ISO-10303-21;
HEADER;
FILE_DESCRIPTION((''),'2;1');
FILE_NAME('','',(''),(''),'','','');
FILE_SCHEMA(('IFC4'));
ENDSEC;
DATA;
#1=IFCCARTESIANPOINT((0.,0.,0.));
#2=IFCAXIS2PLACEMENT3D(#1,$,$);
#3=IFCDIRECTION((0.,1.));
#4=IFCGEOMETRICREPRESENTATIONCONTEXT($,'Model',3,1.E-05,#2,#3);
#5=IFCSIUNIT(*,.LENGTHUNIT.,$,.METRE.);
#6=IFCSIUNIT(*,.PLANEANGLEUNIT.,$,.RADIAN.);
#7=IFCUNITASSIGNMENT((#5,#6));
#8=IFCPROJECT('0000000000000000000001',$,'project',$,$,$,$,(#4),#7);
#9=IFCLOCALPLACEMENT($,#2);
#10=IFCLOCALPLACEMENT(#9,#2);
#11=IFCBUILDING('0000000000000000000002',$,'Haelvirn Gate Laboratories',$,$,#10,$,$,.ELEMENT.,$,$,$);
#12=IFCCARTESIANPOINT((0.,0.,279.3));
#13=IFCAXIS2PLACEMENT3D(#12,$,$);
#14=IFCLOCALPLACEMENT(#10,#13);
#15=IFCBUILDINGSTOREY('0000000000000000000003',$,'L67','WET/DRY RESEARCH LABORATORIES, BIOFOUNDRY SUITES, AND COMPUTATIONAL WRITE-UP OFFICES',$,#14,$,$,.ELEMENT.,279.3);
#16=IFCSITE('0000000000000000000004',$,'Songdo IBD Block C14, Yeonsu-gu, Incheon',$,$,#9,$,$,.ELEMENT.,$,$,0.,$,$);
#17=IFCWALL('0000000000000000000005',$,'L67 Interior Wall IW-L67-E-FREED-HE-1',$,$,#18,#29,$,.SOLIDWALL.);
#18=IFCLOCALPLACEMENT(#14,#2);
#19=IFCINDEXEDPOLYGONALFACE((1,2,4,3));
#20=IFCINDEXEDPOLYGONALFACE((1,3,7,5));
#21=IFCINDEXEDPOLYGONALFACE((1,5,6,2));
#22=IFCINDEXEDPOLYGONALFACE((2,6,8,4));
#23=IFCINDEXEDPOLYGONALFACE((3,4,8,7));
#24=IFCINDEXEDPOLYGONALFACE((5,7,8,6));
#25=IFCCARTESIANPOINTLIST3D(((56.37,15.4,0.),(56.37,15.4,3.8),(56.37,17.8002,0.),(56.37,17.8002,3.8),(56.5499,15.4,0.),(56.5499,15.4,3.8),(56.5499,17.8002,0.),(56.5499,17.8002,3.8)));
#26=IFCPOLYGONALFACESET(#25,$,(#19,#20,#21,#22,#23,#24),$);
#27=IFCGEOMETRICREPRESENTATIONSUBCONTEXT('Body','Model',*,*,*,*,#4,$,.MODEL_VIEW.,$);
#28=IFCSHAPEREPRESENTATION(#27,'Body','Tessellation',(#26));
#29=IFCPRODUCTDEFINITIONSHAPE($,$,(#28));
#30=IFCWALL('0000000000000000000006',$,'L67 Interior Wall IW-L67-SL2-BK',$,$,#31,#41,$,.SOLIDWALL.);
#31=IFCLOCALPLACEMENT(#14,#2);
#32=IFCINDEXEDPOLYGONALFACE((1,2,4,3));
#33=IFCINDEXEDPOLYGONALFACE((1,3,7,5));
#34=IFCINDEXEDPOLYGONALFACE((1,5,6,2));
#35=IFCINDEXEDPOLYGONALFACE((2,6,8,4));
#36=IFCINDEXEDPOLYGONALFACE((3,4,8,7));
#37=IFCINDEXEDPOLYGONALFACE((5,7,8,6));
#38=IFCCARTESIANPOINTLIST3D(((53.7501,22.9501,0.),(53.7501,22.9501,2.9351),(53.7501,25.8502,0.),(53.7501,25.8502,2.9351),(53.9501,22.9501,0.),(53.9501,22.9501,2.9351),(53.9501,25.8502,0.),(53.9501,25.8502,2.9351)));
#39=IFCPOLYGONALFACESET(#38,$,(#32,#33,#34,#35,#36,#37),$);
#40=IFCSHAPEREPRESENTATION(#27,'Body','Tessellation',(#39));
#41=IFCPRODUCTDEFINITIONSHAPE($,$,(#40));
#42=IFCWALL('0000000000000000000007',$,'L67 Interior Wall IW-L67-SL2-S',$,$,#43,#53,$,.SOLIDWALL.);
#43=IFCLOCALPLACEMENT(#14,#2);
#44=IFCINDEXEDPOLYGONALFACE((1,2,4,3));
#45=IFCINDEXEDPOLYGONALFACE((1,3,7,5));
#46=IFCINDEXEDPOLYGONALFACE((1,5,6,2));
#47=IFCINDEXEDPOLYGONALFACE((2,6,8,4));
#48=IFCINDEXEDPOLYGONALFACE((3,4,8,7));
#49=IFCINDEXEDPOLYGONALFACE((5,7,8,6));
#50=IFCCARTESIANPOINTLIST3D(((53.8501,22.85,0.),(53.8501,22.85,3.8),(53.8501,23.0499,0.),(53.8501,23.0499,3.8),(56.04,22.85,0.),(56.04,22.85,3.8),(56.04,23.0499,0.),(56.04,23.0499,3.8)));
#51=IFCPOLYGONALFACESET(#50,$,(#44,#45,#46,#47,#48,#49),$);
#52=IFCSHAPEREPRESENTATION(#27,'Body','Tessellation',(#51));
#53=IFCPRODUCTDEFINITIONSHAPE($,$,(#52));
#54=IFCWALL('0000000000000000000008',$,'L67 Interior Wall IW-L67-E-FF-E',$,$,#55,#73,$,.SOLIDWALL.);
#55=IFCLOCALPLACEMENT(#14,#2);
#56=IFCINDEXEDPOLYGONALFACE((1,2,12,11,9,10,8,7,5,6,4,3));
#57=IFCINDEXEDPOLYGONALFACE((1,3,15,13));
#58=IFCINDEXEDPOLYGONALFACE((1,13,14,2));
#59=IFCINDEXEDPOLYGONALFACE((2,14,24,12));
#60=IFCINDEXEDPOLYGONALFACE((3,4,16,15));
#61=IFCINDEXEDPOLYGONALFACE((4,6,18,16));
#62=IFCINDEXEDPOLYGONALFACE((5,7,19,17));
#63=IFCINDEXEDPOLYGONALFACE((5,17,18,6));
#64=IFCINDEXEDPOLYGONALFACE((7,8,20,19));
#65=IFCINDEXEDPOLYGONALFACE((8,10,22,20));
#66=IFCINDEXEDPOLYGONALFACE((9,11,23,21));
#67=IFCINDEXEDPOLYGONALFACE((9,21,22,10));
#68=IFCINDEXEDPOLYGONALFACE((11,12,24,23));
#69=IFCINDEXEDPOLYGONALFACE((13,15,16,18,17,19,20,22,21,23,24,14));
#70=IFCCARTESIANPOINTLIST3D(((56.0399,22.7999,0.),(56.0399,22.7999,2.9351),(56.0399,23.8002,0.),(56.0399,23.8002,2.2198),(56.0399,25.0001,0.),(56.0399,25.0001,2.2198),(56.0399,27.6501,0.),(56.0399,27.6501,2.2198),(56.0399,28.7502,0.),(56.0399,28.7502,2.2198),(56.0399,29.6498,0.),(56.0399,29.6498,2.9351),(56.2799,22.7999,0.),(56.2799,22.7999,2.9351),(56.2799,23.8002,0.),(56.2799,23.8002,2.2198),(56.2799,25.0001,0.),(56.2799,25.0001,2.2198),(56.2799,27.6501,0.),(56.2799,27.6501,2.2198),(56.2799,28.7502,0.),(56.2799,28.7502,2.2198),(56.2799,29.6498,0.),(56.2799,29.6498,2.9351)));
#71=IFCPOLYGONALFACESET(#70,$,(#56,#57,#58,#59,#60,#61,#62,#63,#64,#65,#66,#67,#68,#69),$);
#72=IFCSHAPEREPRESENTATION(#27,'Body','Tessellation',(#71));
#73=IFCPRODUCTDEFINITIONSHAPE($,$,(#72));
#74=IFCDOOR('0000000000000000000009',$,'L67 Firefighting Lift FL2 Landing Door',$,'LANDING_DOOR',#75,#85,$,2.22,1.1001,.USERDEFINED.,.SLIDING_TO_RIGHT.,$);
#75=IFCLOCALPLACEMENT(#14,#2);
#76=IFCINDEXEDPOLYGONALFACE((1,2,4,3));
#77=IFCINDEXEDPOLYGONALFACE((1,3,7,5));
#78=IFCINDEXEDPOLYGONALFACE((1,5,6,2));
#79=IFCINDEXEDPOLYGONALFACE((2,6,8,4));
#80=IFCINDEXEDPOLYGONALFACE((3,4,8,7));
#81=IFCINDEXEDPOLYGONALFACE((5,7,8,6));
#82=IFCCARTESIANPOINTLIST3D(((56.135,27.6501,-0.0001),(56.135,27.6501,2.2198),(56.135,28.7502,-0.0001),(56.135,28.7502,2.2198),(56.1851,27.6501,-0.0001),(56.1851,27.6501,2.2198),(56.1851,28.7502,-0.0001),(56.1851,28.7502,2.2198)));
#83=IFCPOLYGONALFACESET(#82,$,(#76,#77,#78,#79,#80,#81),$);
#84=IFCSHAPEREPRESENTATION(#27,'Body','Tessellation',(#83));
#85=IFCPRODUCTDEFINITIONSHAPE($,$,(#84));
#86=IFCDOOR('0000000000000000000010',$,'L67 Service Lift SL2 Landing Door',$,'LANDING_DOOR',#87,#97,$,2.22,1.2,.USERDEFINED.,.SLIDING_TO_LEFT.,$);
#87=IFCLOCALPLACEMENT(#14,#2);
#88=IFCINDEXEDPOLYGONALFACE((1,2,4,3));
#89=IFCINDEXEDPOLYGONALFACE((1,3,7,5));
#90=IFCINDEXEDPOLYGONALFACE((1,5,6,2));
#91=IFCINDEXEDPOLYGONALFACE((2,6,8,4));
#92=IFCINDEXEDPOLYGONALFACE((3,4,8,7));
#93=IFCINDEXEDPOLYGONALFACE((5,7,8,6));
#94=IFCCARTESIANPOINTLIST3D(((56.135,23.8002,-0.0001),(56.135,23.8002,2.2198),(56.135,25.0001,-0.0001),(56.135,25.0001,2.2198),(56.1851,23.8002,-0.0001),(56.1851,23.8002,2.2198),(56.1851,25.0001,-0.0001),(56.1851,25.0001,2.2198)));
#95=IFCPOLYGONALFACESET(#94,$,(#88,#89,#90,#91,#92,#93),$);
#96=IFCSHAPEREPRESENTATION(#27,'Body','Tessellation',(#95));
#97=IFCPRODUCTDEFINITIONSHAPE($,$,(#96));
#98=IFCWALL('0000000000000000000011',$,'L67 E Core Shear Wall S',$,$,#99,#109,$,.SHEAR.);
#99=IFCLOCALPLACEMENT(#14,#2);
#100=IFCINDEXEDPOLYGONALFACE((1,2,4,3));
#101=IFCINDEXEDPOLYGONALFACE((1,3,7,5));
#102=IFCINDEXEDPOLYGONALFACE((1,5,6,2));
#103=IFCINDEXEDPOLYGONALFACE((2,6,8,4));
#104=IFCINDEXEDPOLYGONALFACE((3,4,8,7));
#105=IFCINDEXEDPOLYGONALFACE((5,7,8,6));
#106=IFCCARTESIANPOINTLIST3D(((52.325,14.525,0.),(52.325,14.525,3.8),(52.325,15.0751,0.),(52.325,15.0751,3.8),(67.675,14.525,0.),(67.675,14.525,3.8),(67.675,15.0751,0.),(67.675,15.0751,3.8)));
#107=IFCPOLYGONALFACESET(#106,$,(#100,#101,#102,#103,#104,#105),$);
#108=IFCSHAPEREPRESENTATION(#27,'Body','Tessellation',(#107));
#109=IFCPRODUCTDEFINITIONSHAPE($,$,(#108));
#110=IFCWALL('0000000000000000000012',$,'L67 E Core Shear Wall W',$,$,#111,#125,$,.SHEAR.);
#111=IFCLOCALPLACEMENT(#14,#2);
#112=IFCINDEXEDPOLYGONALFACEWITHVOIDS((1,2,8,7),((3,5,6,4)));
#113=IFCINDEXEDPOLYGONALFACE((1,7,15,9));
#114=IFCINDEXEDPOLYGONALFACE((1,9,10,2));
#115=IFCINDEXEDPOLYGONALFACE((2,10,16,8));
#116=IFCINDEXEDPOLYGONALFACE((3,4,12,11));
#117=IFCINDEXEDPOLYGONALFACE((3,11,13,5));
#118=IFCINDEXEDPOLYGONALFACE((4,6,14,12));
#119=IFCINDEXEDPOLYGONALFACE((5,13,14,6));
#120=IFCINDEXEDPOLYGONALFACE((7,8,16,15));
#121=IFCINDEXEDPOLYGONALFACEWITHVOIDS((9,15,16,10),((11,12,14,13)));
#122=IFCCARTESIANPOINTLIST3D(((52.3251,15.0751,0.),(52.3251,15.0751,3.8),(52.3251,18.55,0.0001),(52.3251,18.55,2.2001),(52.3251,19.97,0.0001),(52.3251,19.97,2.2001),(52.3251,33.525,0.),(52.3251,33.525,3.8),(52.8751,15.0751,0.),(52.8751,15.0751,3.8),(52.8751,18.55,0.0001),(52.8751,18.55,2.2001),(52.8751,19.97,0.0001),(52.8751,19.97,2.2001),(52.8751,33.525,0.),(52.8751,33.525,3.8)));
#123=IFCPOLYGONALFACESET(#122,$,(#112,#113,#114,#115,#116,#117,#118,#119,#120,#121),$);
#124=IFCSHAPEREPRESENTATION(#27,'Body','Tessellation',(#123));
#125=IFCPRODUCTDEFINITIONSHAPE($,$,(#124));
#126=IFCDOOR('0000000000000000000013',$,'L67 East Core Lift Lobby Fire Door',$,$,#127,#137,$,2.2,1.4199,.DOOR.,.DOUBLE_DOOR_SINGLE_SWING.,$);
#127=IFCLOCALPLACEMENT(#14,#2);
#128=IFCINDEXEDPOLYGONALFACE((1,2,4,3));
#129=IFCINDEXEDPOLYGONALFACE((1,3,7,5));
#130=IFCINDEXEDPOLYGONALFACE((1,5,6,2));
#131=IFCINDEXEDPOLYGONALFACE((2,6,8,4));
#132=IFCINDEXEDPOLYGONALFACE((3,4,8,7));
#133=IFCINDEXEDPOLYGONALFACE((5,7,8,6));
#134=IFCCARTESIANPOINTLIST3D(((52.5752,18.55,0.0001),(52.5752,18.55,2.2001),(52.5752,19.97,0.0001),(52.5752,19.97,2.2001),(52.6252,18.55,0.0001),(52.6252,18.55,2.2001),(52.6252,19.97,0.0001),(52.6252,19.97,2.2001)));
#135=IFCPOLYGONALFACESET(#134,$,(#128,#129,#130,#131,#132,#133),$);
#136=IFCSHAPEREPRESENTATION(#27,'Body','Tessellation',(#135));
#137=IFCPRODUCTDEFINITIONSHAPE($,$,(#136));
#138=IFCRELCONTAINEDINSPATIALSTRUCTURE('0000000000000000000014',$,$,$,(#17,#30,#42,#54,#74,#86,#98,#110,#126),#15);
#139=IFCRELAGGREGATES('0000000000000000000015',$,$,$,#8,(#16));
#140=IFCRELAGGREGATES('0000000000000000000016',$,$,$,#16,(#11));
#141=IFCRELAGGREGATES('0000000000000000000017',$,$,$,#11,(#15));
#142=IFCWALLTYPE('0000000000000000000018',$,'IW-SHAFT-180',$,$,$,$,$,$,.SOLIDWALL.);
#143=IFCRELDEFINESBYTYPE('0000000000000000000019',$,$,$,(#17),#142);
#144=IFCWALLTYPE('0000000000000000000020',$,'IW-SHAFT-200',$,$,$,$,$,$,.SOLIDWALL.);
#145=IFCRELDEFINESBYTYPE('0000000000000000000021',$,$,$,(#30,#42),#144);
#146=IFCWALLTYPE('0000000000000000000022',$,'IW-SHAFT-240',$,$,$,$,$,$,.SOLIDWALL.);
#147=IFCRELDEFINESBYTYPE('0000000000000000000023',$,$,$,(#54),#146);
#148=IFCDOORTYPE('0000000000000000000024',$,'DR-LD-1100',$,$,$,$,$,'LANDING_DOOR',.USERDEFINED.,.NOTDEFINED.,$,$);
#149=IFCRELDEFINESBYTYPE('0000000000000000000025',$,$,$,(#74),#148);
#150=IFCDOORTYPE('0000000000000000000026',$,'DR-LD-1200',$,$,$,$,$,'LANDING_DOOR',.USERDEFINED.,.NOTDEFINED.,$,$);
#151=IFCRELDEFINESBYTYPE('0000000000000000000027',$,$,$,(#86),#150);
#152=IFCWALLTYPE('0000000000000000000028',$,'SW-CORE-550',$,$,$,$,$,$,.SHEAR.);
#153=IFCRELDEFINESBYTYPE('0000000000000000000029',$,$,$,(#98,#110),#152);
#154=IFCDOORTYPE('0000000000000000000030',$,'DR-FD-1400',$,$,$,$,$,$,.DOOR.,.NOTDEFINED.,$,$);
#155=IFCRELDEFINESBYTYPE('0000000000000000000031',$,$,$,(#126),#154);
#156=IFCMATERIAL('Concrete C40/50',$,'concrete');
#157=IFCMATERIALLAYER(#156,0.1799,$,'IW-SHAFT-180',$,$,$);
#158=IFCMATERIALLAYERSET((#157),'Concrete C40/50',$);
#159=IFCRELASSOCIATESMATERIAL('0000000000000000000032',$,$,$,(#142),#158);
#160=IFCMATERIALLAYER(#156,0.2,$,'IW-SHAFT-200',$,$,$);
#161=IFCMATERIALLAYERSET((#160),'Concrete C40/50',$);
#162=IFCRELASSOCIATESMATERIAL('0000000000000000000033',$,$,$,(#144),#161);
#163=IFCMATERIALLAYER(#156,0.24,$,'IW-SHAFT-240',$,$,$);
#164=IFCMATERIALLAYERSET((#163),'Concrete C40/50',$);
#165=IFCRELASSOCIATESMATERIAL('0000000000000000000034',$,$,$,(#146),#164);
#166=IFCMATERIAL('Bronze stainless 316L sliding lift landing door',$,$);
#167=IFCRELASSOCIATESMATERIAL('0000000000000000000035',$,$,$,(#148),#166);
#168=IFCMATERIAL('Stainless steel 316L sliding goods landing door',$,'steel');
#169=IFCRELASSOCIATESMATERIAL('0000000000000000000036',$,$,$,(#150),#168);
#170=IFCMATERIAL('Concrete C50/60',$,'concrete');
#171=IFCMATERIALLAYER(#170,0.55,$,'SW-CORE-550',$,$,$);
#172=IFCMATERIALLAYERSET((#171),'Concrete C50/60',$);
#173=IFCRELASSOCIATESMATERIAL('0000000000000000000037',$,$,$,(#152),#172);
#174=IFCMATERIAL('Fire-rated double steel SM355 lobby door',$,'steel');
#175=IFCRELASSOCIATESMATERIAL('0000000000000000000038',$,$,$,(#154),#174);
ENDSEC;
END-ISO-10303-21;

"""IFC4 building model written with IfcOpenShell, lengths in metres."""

from ifc_helpers import new_model, si_unit, direction, frame, frame_2d, origin, place, context, subcontext, project, spatial, rectangle, extrude, source, transform, mapped, material, layer, layer_set, type_object, type_shapes, element, fill, save


model = new_model("IFC4")

# Units and contexts
model_context = context("Model", 3, precision=1e-05, world=origin(), true_north=direction((0.0, 1.0)))
body_context = subcontext(model_context, "Body", "Model", "MODEL_VIEW")
ifc_project = project(units=[si_unit("LENGTHUNIT", "METRE"), si_unit("PLANEANGLEUNIT", "RADIAN")], contexts=[model_context])

# Site, building, storey
site_placement = place(None, origin())
site = spatial("IfcSite", under=ifc_project, at=site_placement, Name="Songdo IBD Block C14, Yeonsu-gu, Incheon", CompositionType="ELEMENT", RefElevation=0.0)
building_placement = place(site_placement, origin())
building = spatial("IfcBuilding", under=site, at=building_placement, Name="Haelvirn Gate Laboratories", CompositionType="ELEMENT")
storey_placement = place(building_placement, frame((0.0, 0.0, 279.3)))
storey = spatial("IfcBuildingStorey", under=building, at=storey_placement, Name="L67", Description="WET/DRY RESEARCH LABORATORIES, BIOFOUNDRY SUITES, AND COMPUTATIONAL WRITE-UP OFFICES", CompositionType="ELEMENT", Elevation=279.3)

# Shared definitions
ifc_material_1 = material(Name="Concrete C40/50", Category="concrete")
ifc_layer_1 = layer(ifc_material_1, 0.1799, Name="IW-SHAFT-180")
ifc_layer_set_1 = layer_set([ifc_layer_1], Name="Concrete C40/50")
wall_type_1 = type_object("IfcWallType", Name="IW-SHAFT-180", PredefinedType="SOLIDWALL", material=ifc_layer_set_1)

# Walls
wall_1_placement = place(storey_placement, frame((56.46, 15.3999, 0.0), z_axis=(0.0, 0.0, 1.0), x_axis=(0.0, 1.0, 0.0)))
element("IfcWall", 1, at=wall_1_placement, inside=storey, type_object=wall_type_1, Name="L67 Interior Wall IW-L67-E-FREED-HE-1", PredefinedType="SOLIDWALL", context=body_context, shape_type="SweptSolid", body=[
    extrude(rectangle(XDim=2.4001, YDim=0.1799, at=frame_2d((1.2002, 0.0))), origin(), (0.0, 0.0, 1.0), 3.8),
])
ifc_layer_2 = layer(ifc_material_1, 0.2, Name="IW-SHAFT-200")
ifc_layer_set_2 = layer_set([ifc_layer_2], Name="Concrete C40/50")
wall_type_2 = type_object("IfcWallType", Name="IW-SHAFT-200", PredefinedType="SOLIDWALL", material=ifc_layer_set_2)
wall_2_placement = place(storey_placement, frame((53.8501, 22.95, 0.0), z_axis=(0.0, 0.0, 1.0), x_axis=(0.0, 1.0, 0.0)))
element("IfcWall", 2, at=wall_2_placement, inside=storey, type_object=wall_type_2, Name="L67 Interior Wall IW-L67-SL2-BK", PredefinedType="SOLIDWALL", context=body_context, shape_type="SweptSolid", body=[
    extrude(rectangle(XDim=2.9001, YDim=0.2, at=frame_2d((1.4502, 0.0))), origin(), (0.0, 0.0, 1.0), 2.9351),
])
wall_3_placement = place(storey_placement, frame((53.8501, 22.95, 0.0), z_axis=(0.0, 0.0, 1.0), x_axis=(1.0, 0.0, 0.0)))
element("IfcWall", 3, at=wall_3_placement, inside=storey, type_object=wall_type_2, Name="L67 Interior Wall IW-L67-SL2-S", PredefinedType="SOLIDWALL", context=body_context, shape_type="SweptSolid", body=[
    extrude(rectangle(XDim=2.1899, YDim=0.2, at=frame_2d((1.095, 0.0))), origin(), (0.0, 0.0, 1.0), 3.8),
])

# Wall, openings, doors
ifc_layer_3 = layer(ifc_material_1, 0.24, Name="IW-SHAFT-240")
ifc_layer_set_3 = layer_set([ifc_layer_3], Name="Concrete C40/50")
wall_type_3 = type_object("IfcWallType", Name="IW-SHAFT-240", PredefinedType="SOLIDWALL", material=ifc_layer_set_3)
wall_4_placement = place(storey_placement, frame((56.1599, 22.8, 0.0), z_axis=(0.0, 0.0, 1.0), x_axis=(0.0, 1.0, 0.0)))
wall_4 = element("IfcWall", 4, at=wall_4_placement, inside=storey, type_object=wall_type_3, Name="L67 Interior Wall IW-L67-E-FF-E", PredefinedType="SOLIDWALL", context=body_context, shape_type="SweptSolid", body=[
    extrude(rectangle(XDim=6.8499, YDim=0.24, at=frame_2d((3.4248, 0.0))), origin(), (0.0, 0.0, 1.0), 2.9351),
])
opening_1_placement = place(wall_4_placement, frame((4.8501, 0.0, 0.0)))
opening_1 = element("IfcOpeningElement", 5, at=opening_1_placement, cuts=wall_4, PredefinedType="OPENING", context=body_context, shape_type="SweptSolid", body=[
    extrude(rectangle(XDim=1.1001, YDim=2.22, at=frame_2d((0.55, 1.1099))), frame((0.0, 0.1299, 0.0), z_axis=(0.0, -1.0, 0.0), x_axis=(1.0, 0.0, 0.0)), (0.0, 0.0, 1.0), 0.26),
])
opening_2_placement = place(wall_4_placement, frame((1.0, 0.0, 0.0)))
opening_2 = element("IfcOpeningElement", 6, at=opening_2_placement, cuts=wall_4, PredefinedType="OPENING", context=body_context, shape_type="SweptSolid", body=[
    extrude(rectangle(XDim=1.2, YDim=2.22, at=frame_2d((0.6001, 1.1099))), frame((0.0, 0.1299, 0.0), z_axis=(0.0, -1.0, 0.0), x_axis=(1.0, 0.0, 0.0)), (0.0, 0.0, 1.0), 0.26),
])
ifc_material_2 = material(Name="Bronze stainless 316L sliding lift landing door")
door_type_1 = type_object("IfcDoorType", Name="DR-LD-1100", ElementType="LANDING_DOOR", OperationType="NOTDEFINED", PredefinedType="USERDEFINED", material=ifc_material_2)
shared_shape_1 = source(origin(), body_context, "Body", "SweptSolid", [
    extrude(rectangle(XDim=1.1001, YDim=2.22, at=frame_2d((0.55, 1.1099))), frame((0.0, 0.0249, 0.0), z_axis=(0.0, -1.0, 0.0), x_axis=(1.0, 0.0, 0.0)), (0.0, 0.0, 1.0), 0.05),
])
type_shapes(door_type_1, [shared_shape_1])
door_1_placement = place(opening_1_placement, origin())
door_1 = element("IfcDoor", 7, at=door_1_placement, inside=storey, type_object=door_type_1, Name="L67 Firefighting Lift FL2 Landing Door", ObjectType="LANDING_DOOR", OperationType="SLIDING_TO_RIGHT", OverallHeight=2.22, OverallWidth=1.1001, PredefinedType="USERDEFINED", context=body_context, shape_type="MappedRepresentation", body=[
    mapped(shared_shape_1, transform((0.0, 0.0, 0.0), scale=1.0)),
])
fill(opening_1, door_1)
ifc_material_3 = material(Name="Stainless steel 316L sliding goods landing door", Category="steel")
door_type_2 = type_object("IfcDoorType", Name="DR-LD-1200", ElementType="LANDING_DOOR", OperationType="NOTDEFINED", PredefinedType="USERDEFINED", material=ifc_material_3)
shared_shape_2 = source(origin(), body_context, "Body", "SweptSolid", [
    extrude(rectangle(XDim=1.2, YDim=2.22, at=frame_2d((0.6001, 1.1099))), frame((0.0, 0.0249, 0.0), z_axis=(0.0, -1.0, 0.0), x_axis=(1.0, 0.0, 0.0)), (0.0, 0.0, 1.0), 0.05),
])
type_shapes(door_type_2, [shared_shape_2])
door_2_placement = place(opening_2_placement, origin())
door_2 = element("IfcDoor", 8, at=door_2_placement, inside=storey, type_object=door_type_2, Name="L67 Service Lift SL2 Landing Door", ObjectType="LANDING_DOOR", OperationType="SLIDING_TO_LEFT", OverallHeight=2.22, OverallWidth=1.2, PredefinedType="USERDEFINED", context=body_context, shape_type="MappedRepresentation", body=[
    mapped(shared_shape_2, transform((0.0, 0.0, 0.0), scale=1.0)),
])
fill(opening_2, door_2)

# Wall
ifc_material_4 = material(Name="Concrete C50/60", Category="concrete")
ifc_layer_4 = layer(ifc_material_4, 0.55, Name="SW-CORE-550")
ifc_layer_set_4 = layer_set([ifc_layer_4], Name="Concrete C50/60")
wall_type_4 = type_object("IfcWallType", Name="SW-CORE-550", PredefinedType="SHEAR", material=ifc_layer_set_4)
wall_5_placement = place(storey_placement, frame((52.325, 14.8, 0.0), z_axis=(0.0, 0.0, 1.0), x_axis=(1.0, 0.0, 0.0)))
element("IfcWall", 9, at=wall_5_placement, inside=storey, type_object=wall_type_4, Name="L67 E Core Shear Wall S", PredefinedType="SHEAR", context=body_context, shape_type="SweptSolid", body=[
    extrude(rectangle(XDim=15.3501, YDim=0.55, at=frame_2d((7.675, 0.0))), origin(), (0.0, 0.0, 1.0), 3.8),
])

# Wall, opening, door
wall_6_placement = place(storey_placement, frame((52.6001, 15.075, 0.0), z_axis=(0.0, 0.0, 1.0), x_axis=(0.0, 1.0, 0.0)))
wall_6 = element("IfcWall", 10, at=wall_6_placement, inside=storey, type_object=wall_type_4, Name="L67 E Core Shear Wall W", PredefinedType="SHEAR", context=body_context, shape_type="SweptSolid", body=[
    extrude(rectangle(XDim=18.45, YDim=0.55, at=frame_2d((9.2251, 0.0))), origin(), (0.0, 0.0, 1.0), 3.8),
])
opening_3_placement = place(wall_6_placement, frame((3.4751, 0.0, 0.0)))
opening_3 = element("IfcOpeningElement", 11, at=opening_3_placement, cuts=wall_6, PredefinedType="OPENING", context=body_context, shape_type="SweptSolid", body=[
    extrude(rectangle(XDim=1.4199, YDim=2.2, at=frame_2d((0.71, 1.1001))), frame((0.0, 0.2852, 0.0), z_axis=(0.0, -1.0, 0.0), x_axis=(1.0, 0.0, 0.0)), (0.0, 0.0, 1.0), 0.5701),
])
ifc_material_5 = material(Name="Fire-rated double steel SM355 lobby door", Category="steel")
door_type_3 = type_object("IfcDoorType", Name="DR-FD-1400", OperationType="NOTDEFINED", PredefinedType="DOOR", material=ifc_material_5)
shared_shape_3 = source(origin(), body_context, "Body", "SweptSolid", [
    extrude(rectangle(XDim=1.4199, YDim=2.2, at=frame_2d((0.71, 1.1001))), frame((0.0, 0.0249, 0.0), z_axis=(0.0, -1.0, 0.0), x_axis=(1.0, 0.0, 0.0)), (0.0, 0.0, 1.0), 0.05),
])
type_shapes(door_type_3, [shared_shape_3])
door_3_placement = place(opening_3_placement, origin())
door_3 = element("IfcDoor", 12, at=door_3_placement, inside=storey, type_object=door_type_3, Name="L67 East Core Lift Lobby Fire Door", OperationType="DOUBLE_DOOR_SINGLE_SWING", OverallHeight=2.2, OverallWidth=1.4199, PredefinedType="DOOR", context=body_context, shape_type="MappedRepresentation", body=[
    mapped(shared_shape_3, transform((0.0, 0.0, 0.0), scale=1.0)),
])
fill(opening_3, door_3)

save(model, "model.ifc")
